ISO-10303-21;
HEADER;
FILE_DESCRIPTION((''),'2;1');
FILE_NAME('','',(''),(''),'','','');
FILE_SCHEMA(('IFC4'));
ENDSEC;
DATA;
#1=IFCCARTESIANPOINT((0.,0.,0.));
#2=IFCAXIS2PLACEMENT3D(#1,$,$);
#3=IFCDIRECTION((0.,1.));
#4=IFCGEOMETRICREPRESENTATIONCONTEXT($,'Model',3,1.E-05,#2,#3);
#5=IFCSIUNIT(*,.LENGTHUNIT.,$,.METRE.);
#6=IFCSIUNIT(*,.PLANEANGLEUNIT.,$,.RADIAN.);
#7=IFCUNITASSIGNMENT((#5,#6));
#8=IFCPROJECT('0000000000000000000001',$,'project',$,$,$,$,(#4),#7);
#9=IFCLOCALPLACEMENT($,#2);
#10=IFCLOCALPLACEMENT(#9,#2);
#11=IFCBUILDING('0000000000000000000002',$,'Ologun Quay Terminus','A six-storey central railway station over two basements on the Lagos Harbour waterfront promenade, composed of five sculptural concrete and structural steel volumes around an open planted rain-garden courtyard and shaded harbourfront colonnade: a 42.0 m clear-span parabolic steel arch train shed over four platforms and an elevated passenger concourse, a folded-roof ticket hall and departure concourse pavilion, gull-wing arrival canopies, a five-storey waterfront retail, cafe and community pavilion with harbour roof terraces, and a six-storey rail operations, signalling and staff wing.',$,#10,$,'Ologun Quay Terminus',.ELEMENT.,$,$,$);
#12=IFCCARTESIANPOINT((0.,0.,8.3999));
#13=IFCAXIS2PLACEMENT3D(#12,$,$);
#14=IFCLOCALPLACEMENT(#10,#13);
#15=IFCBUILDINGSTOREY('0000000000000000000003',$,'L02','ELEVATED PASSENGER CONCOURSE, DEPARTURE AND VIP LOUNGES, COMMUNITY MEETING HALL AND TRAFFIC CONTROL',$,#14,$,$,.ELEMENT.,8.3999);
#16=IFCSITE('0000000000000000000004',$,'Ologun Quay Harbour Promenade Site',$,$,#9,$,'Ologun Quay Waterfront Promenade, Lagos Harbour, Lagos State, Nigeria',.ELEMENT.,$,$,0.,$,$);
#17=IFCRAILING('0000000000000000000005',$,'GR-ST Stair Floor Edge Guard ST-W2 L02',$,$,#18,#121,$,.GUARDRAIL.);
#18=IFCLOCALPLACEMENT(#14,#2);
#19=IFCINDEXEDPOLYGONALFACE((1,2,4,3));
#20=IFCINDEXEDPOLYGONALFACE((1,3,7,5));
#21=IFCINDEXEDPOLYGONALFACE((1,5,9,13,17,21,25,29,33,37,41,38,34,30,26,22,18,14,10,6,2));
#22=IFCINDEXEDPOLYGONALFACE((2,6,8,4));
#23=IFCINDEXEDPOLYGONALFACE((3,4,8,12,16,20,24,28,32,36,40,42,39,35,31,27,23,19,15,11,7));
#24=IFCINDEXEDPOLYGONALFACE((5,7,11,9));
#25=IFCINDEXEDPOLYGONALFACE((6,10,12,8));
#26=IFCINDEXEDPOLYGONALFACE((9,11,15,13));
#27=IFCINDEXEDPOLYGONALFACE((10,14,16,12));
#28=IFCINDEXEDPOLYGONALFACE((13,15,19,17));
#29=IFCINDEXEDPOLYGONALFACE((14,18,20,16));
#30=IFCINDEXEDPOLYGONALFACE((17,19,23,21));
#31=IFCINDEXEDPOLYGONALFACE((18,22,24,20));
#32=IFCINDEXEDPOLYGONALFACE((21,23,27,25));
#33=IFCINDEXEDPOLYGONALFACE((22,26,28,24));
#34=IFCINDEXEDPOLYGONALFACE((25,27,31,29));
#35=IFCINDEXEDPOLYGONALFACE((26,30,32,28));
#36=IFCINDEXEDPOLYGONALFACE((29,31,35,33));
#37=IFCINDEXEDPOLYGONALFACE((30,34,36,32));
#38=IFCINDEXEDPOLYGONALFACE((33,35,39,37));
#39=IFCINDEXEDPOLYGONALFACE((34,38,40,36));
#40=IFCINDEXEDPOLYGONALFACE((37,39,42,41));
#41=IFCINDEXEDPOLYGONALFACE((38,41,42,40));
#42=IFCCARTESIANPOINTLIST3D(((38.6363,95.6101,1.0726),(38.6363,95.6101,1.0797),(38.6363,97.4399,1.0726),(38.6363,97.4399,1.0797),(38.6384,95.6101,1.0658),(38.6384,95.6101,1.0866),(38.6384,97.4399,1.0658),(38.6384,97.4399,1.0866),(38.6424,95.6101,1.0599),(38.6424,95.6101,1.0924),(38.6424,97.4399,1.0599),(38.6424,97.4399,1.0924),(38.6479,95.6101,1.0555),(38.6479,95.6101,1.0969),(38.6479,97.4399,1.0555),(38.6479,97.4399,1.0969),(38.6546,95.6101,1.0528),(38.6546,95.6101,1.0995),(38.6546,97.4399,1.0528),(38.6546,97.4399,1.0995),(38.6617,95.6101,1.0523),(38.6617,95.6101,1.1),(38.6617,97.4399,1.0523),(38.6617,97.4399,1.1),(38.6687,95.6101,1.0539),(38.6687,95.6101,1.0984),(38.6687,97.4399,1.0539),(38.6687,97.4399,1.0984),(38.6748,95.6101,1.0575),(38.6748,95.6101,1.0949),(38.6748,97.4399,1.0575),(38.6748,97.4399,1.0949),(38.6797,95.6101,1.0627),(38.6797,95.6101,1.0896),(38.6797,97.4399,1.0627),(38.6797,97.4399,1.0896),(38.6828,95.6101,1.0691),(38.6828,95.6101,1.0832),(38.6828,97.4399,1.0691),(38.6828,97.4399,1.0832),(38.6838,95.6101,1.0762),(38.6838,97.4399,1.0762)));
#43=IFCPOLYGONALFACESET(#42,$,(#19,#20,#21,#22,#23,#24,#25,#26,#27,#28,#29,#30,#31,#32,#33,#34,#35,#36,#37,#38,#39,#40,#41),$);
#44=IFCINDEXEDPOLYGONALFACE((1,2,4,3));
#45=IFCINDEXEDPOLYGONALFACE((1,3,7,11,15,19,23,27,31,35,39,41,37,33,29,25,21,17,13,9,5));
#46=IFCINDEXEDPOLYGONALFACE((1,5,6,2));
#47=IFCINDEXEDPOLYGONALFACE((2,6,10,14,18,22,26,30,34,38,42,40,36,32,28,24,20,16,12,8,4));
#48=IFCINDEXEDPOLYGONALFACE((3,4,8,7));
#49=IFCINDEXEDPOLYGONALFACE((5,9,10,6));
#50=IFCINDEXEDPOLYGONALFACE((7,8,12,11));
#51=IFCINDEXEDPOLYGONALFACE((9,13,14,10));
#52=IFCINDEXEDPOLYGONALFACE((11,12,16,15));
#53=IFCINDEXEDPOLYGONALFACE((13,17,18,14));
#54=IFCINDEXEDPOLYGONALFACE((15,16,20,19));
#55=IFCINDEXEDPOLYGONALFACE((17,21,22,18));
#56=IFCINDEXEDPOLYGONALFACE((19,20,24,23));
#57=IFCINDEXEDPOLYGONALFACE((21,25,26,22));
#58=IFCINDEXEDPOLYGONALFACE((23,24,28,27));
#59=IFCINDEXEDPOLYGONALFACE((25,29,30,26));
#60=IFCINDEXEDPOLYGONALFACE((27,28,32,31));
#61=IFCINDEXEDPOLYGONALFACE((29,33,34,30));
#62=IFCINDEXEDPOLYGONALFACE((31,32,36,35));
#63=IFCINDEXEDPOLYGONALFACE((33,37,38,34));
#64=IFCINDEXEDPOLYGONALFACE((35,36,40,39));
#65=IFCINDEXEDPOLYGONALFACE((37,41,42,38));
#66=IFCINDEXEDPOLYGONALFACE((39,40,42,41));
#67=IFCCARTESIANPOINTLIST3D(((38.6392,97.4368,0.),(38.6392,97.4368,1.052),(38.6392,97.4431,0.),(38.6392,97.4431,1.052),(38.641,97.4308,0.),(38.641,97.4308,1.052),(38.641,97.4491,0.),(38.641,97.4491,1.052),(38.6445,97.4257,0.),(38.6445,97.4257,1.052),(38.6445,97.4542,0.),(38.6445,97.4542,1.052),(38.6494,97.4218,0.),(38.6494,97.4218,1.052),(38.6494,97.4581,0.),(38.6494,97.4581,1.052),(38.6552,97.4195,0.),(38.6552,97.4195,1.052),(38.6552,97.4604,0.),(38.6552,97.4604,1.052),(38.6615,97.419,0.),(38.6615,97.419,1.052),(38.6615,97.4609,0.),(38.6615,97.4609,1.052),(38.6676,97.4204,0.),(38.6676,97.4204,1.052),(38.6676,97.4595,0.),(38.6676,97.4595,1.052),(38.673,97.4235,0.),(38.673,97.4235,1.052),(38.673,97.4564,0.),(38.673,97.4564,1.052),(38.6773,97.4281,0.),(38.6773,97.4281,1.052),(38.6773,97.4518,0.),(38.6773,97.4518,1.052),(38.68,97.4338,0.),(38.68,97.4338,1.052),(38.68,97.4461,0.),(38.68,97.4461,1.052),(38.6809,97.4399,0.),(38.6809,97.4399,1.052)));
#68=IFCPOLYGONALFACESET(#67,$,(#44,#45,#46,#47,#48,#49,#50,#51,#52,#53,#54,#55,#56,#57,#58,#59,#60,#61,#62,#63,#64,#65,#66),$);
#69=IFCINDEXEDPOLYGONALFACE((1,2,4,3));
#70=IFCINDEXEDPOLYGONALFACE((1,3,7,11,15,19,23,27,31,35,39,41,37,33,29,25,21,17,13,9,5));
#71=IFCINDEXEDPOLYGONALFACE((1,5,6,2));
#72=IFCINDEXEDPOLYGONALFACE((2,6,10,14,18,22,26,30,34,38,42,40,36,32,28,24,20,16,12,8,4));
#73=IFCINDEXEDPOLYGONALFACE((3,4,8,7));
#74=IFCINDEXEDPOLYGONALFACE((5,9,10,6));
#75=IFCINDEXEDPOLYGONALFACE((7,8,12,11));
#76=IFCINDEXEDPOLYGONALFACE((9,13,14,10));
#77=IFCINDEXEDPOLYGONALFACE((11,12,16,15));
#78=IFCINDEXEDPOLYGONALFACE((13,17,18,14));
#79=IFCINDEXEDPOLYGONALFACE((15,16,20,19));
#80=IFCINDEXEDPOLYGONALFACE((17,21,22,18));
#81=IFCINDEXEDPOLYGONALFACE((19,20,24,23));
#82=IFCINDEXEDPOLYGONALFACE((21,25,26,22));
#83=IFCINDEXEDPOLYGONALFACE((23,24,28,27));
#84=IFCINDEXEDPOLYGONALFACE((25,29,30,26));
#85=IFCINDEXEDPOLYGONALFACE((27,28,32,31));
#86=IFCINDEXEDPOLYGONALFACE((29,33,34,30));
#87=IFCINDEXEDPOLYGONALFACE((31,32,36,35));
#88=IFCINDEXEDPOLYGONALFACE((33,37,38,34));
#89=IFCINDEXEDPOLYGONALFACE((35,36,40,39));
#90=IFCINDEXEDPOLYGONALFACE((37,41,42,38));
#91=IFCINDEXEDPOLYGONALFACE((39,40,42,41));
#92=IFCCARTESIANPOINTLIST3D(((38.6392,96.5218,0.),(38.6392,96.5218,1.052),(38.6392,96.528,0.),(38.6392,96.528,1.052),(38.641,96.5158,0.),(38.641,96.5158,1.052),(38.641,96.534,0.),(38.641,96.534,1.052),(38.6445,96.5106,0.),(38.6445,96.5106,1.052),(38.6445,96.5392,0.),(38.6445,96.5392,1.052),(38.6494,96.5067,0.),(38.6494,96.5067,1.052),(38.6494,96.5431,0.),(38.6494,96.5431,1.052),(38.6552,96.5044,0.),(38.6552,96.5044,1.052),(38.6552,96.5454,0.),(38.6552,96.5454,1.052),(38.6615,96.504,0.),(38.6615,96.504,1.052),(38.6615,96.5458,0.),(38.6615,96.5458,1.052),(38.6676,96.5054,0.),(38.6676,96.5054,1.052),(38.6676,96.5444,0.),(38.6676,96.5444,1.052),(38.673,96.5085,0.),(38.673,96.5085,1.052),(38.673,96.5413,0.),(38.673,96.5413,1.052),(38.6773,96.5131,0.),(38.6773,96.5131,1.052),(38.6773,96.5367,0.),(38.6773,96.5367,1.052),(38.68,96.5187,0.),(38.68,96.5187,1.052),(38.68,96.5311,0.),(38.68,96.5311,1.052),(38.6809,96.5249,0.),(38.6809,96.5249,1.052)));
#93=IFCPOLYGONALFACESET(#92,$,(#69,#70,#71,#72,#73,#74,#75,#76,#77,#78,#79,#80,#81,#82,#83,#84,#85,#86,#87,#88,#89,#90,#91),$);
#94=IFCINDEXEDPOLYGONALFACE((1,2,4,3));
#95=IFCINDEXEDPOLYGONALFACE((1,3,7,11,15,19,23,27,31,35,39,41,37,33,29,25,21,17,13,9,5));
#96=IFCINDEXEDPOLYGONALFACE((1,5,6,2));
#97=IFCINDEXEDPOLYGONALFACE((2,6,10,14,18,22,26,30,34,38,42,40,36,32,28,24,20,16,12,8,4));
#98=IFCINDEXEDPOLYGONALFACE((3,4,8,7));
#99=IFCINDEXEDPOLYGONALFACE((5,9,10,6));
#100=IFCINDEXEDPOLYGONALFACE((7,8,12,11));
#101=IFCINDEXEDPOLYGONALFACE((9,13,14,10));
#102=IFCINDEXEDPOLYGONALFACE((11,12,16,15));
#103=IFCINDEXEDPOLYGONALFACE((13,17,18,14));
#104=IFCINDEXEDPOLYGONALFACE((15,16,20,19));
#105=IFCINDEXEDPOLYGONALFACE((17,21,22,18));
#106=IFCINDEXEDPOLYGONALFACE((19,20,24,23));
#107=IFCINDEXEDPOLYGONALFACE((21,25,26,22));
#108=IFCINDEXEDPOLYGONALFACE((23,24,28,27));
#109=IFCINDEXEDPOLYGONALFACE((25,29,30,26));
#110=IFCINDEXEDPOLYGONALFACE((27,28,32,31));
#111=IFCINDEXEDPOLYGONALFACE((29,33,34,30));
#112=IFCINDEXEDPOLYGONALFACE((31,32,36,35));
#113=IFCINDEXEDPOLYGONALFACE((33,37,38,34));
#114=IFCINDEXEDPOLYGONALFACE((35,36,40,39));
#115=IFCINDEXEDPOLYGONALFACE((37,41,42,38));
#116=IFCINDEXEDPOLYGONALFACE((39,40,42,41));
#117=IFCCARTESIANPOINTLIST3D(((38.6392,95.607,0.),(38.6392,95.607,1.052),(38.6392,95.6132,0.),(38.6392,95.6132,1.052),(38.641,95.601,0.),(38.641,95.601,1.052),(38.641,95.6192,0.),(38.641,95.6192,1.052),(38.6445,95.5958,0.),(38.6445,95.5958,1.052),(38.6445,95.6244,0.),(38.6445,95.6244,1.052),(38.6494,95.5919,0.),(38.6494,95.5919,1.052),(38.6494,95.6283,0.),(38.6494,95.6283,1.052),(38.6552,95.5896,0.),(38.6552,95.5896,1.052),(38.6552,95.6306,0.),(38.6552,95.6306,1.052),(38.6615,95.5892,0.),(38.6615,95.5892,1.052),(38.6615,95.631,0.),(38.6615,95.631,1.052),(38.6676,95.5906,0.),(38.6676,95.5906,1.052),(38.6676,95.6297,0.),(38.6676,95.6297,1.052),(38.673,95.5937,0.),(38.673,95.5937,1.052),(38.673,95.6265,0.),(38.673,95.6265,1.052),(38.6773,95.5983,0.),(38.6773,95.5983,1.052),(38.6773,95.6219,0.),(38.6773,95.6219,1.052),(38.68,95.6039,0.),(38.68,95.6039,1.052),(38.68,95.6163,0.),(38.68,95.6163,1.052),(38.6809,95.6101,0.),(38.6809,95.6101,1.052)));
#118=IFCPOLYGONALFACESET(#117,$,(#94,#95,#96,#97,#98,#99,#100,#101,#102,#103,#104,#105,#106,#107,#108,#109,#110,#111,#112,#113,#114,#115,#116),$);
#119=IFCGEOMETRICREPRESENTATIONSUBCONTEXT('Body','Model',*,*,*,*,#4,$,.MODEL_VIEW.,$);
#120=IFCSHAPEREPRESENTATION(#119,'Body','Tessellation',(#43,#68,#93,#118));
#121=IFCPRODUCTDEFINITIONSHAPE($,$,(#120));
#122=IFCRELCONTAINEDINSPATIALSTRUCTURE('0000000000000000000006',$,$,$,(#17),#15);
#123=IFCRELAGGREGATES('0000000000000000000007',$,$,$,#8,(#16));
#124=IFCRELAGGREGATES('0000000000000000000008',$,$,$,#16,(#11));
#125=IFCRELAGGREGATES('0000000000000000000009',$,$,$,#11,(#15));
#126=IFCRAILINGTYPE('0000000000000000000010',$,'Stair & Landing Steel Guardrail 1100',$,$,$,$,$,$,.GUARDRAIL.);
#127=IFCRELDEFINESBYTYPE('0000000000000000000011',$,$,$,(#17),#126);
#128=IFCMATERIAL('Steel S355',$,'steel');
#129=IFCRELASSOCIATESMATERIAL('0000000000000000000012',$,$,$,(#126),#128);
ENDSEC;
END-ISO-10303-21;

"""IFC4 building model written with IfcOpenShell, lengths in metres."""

from ifc_helpers import new_model, si_unit, direction, frame, origin, origin_2d, place, context, subcontext, project, spatial, circle, extrude, material, type_object, element, save


model = new_model("IFC4")

# Units and contexts
model_context = context("Model", 3, precision=1e-05, world=origin(), true_north=direction((0.0, 1.0)))
body_context = subcontext(model_context, "Body", "Model", "MODEL_VIEW")
ifc_project = project(units=[si_unit("LENGTHUNIT", "METRE"), si_unit("PLANEANGLEUNIT", "RADIAN")], contexts=[model_context])

# Site, building, storey
site_placement = place(None, origin())
site = spatial("IfcSite", under=ifc_project, at=site_placement, Name="Ologun Quay Harbour Promenade Site", LongName="Ologun Quay Waterfront Promenade, Lagos Harbour, Lagos State, Nigeria", CompositionType="ELEMENT", RefElevation=0.0)
building_placement = place(site_placement, origin())
building = spatial("IfcBuilding", under=site, at=building_placement, Name="Ologun Quay Terminus", Description="A six-storey central railway station over two basements on the Lagos Harbour waterfront promenade, composed of five sculptural concrete and structural steel volumes around an open planted rain-garden courtyard and shaded harbourfront colonnade: a 42.0 m clear-span parabolic steel arch train shed over four platforms and an elevated passenger concourse, a folded-roof ticket hall and departure concourse pavilion, gull-wing arrival canopies, a five-storey waterfront retail, cafe and community pavilion with harbour roof terraces, and a six-storey rail operations, signalling and staff wing.", LongName="Ologun Quay Terminus", CompositionType="ELEMENT")
storey_placement = place(building_placement, frame((0.0, 0.0, 8.3999)))
storey = spatial("IfcBuildingStorey", under=building, at=storey_placement, Name="L02", Description="ELEVATED PASSENGER CONCOURSE, DEPARTURE AND VIP LOUNGES, COMMUNITY MEETING HALL AND TRAFFIC CONTROL", CompositionType="ELEMENT", Elevation=8.3999)

# Railing
ifc_material_1 = material(Name="Steel S355", Category="steel")
railing_type_1 = type_object("IfcRailingType", Name="Stair & Landing Steel Guardrail 1100", PredefinedType="GUARDRAIL", material=ifc_material_1)
railing_1_placement = place(storey_placement, frame((38.6599, 97.4399, 0.0)))
element("IfcRailing", 1, at=railing_1_placement, inside=storey, type_object=railing_type_1, Name="GR-ST Stair Floor Edge Guard ST-W2 L02", PredefinedType="GUARDRAIL", context=body_context, shape_type="SweptSolid", body=[
    extrude(circle(Radius=0.0239, at=origin_2d()), frame((0.0, 0.0, 1.0762), z_axis=(0.0, -1.0, 0.0), x_axis=(1.0, 0.0, 0.0)), (0.0, 0.0, 1.0), 1.8298),
    extrude(circle(Radius=0.021, at=origin_2d()), origin(), (0.0, 0.0, 1.0), 1.052),
    extrude(circle(Radius=0.021, at=origin_2d()), frame((0.0, -0.915, 0.0)), (0.0, 0.0, 1.0), 1.052),
    extrude(circle(Radius=0.021, at=origin_2d()), frame((0.0, -1.8298, 0.0)), (0.0, 0.0, 1.0), 1.052),
])

save(model, "model.ifc")
